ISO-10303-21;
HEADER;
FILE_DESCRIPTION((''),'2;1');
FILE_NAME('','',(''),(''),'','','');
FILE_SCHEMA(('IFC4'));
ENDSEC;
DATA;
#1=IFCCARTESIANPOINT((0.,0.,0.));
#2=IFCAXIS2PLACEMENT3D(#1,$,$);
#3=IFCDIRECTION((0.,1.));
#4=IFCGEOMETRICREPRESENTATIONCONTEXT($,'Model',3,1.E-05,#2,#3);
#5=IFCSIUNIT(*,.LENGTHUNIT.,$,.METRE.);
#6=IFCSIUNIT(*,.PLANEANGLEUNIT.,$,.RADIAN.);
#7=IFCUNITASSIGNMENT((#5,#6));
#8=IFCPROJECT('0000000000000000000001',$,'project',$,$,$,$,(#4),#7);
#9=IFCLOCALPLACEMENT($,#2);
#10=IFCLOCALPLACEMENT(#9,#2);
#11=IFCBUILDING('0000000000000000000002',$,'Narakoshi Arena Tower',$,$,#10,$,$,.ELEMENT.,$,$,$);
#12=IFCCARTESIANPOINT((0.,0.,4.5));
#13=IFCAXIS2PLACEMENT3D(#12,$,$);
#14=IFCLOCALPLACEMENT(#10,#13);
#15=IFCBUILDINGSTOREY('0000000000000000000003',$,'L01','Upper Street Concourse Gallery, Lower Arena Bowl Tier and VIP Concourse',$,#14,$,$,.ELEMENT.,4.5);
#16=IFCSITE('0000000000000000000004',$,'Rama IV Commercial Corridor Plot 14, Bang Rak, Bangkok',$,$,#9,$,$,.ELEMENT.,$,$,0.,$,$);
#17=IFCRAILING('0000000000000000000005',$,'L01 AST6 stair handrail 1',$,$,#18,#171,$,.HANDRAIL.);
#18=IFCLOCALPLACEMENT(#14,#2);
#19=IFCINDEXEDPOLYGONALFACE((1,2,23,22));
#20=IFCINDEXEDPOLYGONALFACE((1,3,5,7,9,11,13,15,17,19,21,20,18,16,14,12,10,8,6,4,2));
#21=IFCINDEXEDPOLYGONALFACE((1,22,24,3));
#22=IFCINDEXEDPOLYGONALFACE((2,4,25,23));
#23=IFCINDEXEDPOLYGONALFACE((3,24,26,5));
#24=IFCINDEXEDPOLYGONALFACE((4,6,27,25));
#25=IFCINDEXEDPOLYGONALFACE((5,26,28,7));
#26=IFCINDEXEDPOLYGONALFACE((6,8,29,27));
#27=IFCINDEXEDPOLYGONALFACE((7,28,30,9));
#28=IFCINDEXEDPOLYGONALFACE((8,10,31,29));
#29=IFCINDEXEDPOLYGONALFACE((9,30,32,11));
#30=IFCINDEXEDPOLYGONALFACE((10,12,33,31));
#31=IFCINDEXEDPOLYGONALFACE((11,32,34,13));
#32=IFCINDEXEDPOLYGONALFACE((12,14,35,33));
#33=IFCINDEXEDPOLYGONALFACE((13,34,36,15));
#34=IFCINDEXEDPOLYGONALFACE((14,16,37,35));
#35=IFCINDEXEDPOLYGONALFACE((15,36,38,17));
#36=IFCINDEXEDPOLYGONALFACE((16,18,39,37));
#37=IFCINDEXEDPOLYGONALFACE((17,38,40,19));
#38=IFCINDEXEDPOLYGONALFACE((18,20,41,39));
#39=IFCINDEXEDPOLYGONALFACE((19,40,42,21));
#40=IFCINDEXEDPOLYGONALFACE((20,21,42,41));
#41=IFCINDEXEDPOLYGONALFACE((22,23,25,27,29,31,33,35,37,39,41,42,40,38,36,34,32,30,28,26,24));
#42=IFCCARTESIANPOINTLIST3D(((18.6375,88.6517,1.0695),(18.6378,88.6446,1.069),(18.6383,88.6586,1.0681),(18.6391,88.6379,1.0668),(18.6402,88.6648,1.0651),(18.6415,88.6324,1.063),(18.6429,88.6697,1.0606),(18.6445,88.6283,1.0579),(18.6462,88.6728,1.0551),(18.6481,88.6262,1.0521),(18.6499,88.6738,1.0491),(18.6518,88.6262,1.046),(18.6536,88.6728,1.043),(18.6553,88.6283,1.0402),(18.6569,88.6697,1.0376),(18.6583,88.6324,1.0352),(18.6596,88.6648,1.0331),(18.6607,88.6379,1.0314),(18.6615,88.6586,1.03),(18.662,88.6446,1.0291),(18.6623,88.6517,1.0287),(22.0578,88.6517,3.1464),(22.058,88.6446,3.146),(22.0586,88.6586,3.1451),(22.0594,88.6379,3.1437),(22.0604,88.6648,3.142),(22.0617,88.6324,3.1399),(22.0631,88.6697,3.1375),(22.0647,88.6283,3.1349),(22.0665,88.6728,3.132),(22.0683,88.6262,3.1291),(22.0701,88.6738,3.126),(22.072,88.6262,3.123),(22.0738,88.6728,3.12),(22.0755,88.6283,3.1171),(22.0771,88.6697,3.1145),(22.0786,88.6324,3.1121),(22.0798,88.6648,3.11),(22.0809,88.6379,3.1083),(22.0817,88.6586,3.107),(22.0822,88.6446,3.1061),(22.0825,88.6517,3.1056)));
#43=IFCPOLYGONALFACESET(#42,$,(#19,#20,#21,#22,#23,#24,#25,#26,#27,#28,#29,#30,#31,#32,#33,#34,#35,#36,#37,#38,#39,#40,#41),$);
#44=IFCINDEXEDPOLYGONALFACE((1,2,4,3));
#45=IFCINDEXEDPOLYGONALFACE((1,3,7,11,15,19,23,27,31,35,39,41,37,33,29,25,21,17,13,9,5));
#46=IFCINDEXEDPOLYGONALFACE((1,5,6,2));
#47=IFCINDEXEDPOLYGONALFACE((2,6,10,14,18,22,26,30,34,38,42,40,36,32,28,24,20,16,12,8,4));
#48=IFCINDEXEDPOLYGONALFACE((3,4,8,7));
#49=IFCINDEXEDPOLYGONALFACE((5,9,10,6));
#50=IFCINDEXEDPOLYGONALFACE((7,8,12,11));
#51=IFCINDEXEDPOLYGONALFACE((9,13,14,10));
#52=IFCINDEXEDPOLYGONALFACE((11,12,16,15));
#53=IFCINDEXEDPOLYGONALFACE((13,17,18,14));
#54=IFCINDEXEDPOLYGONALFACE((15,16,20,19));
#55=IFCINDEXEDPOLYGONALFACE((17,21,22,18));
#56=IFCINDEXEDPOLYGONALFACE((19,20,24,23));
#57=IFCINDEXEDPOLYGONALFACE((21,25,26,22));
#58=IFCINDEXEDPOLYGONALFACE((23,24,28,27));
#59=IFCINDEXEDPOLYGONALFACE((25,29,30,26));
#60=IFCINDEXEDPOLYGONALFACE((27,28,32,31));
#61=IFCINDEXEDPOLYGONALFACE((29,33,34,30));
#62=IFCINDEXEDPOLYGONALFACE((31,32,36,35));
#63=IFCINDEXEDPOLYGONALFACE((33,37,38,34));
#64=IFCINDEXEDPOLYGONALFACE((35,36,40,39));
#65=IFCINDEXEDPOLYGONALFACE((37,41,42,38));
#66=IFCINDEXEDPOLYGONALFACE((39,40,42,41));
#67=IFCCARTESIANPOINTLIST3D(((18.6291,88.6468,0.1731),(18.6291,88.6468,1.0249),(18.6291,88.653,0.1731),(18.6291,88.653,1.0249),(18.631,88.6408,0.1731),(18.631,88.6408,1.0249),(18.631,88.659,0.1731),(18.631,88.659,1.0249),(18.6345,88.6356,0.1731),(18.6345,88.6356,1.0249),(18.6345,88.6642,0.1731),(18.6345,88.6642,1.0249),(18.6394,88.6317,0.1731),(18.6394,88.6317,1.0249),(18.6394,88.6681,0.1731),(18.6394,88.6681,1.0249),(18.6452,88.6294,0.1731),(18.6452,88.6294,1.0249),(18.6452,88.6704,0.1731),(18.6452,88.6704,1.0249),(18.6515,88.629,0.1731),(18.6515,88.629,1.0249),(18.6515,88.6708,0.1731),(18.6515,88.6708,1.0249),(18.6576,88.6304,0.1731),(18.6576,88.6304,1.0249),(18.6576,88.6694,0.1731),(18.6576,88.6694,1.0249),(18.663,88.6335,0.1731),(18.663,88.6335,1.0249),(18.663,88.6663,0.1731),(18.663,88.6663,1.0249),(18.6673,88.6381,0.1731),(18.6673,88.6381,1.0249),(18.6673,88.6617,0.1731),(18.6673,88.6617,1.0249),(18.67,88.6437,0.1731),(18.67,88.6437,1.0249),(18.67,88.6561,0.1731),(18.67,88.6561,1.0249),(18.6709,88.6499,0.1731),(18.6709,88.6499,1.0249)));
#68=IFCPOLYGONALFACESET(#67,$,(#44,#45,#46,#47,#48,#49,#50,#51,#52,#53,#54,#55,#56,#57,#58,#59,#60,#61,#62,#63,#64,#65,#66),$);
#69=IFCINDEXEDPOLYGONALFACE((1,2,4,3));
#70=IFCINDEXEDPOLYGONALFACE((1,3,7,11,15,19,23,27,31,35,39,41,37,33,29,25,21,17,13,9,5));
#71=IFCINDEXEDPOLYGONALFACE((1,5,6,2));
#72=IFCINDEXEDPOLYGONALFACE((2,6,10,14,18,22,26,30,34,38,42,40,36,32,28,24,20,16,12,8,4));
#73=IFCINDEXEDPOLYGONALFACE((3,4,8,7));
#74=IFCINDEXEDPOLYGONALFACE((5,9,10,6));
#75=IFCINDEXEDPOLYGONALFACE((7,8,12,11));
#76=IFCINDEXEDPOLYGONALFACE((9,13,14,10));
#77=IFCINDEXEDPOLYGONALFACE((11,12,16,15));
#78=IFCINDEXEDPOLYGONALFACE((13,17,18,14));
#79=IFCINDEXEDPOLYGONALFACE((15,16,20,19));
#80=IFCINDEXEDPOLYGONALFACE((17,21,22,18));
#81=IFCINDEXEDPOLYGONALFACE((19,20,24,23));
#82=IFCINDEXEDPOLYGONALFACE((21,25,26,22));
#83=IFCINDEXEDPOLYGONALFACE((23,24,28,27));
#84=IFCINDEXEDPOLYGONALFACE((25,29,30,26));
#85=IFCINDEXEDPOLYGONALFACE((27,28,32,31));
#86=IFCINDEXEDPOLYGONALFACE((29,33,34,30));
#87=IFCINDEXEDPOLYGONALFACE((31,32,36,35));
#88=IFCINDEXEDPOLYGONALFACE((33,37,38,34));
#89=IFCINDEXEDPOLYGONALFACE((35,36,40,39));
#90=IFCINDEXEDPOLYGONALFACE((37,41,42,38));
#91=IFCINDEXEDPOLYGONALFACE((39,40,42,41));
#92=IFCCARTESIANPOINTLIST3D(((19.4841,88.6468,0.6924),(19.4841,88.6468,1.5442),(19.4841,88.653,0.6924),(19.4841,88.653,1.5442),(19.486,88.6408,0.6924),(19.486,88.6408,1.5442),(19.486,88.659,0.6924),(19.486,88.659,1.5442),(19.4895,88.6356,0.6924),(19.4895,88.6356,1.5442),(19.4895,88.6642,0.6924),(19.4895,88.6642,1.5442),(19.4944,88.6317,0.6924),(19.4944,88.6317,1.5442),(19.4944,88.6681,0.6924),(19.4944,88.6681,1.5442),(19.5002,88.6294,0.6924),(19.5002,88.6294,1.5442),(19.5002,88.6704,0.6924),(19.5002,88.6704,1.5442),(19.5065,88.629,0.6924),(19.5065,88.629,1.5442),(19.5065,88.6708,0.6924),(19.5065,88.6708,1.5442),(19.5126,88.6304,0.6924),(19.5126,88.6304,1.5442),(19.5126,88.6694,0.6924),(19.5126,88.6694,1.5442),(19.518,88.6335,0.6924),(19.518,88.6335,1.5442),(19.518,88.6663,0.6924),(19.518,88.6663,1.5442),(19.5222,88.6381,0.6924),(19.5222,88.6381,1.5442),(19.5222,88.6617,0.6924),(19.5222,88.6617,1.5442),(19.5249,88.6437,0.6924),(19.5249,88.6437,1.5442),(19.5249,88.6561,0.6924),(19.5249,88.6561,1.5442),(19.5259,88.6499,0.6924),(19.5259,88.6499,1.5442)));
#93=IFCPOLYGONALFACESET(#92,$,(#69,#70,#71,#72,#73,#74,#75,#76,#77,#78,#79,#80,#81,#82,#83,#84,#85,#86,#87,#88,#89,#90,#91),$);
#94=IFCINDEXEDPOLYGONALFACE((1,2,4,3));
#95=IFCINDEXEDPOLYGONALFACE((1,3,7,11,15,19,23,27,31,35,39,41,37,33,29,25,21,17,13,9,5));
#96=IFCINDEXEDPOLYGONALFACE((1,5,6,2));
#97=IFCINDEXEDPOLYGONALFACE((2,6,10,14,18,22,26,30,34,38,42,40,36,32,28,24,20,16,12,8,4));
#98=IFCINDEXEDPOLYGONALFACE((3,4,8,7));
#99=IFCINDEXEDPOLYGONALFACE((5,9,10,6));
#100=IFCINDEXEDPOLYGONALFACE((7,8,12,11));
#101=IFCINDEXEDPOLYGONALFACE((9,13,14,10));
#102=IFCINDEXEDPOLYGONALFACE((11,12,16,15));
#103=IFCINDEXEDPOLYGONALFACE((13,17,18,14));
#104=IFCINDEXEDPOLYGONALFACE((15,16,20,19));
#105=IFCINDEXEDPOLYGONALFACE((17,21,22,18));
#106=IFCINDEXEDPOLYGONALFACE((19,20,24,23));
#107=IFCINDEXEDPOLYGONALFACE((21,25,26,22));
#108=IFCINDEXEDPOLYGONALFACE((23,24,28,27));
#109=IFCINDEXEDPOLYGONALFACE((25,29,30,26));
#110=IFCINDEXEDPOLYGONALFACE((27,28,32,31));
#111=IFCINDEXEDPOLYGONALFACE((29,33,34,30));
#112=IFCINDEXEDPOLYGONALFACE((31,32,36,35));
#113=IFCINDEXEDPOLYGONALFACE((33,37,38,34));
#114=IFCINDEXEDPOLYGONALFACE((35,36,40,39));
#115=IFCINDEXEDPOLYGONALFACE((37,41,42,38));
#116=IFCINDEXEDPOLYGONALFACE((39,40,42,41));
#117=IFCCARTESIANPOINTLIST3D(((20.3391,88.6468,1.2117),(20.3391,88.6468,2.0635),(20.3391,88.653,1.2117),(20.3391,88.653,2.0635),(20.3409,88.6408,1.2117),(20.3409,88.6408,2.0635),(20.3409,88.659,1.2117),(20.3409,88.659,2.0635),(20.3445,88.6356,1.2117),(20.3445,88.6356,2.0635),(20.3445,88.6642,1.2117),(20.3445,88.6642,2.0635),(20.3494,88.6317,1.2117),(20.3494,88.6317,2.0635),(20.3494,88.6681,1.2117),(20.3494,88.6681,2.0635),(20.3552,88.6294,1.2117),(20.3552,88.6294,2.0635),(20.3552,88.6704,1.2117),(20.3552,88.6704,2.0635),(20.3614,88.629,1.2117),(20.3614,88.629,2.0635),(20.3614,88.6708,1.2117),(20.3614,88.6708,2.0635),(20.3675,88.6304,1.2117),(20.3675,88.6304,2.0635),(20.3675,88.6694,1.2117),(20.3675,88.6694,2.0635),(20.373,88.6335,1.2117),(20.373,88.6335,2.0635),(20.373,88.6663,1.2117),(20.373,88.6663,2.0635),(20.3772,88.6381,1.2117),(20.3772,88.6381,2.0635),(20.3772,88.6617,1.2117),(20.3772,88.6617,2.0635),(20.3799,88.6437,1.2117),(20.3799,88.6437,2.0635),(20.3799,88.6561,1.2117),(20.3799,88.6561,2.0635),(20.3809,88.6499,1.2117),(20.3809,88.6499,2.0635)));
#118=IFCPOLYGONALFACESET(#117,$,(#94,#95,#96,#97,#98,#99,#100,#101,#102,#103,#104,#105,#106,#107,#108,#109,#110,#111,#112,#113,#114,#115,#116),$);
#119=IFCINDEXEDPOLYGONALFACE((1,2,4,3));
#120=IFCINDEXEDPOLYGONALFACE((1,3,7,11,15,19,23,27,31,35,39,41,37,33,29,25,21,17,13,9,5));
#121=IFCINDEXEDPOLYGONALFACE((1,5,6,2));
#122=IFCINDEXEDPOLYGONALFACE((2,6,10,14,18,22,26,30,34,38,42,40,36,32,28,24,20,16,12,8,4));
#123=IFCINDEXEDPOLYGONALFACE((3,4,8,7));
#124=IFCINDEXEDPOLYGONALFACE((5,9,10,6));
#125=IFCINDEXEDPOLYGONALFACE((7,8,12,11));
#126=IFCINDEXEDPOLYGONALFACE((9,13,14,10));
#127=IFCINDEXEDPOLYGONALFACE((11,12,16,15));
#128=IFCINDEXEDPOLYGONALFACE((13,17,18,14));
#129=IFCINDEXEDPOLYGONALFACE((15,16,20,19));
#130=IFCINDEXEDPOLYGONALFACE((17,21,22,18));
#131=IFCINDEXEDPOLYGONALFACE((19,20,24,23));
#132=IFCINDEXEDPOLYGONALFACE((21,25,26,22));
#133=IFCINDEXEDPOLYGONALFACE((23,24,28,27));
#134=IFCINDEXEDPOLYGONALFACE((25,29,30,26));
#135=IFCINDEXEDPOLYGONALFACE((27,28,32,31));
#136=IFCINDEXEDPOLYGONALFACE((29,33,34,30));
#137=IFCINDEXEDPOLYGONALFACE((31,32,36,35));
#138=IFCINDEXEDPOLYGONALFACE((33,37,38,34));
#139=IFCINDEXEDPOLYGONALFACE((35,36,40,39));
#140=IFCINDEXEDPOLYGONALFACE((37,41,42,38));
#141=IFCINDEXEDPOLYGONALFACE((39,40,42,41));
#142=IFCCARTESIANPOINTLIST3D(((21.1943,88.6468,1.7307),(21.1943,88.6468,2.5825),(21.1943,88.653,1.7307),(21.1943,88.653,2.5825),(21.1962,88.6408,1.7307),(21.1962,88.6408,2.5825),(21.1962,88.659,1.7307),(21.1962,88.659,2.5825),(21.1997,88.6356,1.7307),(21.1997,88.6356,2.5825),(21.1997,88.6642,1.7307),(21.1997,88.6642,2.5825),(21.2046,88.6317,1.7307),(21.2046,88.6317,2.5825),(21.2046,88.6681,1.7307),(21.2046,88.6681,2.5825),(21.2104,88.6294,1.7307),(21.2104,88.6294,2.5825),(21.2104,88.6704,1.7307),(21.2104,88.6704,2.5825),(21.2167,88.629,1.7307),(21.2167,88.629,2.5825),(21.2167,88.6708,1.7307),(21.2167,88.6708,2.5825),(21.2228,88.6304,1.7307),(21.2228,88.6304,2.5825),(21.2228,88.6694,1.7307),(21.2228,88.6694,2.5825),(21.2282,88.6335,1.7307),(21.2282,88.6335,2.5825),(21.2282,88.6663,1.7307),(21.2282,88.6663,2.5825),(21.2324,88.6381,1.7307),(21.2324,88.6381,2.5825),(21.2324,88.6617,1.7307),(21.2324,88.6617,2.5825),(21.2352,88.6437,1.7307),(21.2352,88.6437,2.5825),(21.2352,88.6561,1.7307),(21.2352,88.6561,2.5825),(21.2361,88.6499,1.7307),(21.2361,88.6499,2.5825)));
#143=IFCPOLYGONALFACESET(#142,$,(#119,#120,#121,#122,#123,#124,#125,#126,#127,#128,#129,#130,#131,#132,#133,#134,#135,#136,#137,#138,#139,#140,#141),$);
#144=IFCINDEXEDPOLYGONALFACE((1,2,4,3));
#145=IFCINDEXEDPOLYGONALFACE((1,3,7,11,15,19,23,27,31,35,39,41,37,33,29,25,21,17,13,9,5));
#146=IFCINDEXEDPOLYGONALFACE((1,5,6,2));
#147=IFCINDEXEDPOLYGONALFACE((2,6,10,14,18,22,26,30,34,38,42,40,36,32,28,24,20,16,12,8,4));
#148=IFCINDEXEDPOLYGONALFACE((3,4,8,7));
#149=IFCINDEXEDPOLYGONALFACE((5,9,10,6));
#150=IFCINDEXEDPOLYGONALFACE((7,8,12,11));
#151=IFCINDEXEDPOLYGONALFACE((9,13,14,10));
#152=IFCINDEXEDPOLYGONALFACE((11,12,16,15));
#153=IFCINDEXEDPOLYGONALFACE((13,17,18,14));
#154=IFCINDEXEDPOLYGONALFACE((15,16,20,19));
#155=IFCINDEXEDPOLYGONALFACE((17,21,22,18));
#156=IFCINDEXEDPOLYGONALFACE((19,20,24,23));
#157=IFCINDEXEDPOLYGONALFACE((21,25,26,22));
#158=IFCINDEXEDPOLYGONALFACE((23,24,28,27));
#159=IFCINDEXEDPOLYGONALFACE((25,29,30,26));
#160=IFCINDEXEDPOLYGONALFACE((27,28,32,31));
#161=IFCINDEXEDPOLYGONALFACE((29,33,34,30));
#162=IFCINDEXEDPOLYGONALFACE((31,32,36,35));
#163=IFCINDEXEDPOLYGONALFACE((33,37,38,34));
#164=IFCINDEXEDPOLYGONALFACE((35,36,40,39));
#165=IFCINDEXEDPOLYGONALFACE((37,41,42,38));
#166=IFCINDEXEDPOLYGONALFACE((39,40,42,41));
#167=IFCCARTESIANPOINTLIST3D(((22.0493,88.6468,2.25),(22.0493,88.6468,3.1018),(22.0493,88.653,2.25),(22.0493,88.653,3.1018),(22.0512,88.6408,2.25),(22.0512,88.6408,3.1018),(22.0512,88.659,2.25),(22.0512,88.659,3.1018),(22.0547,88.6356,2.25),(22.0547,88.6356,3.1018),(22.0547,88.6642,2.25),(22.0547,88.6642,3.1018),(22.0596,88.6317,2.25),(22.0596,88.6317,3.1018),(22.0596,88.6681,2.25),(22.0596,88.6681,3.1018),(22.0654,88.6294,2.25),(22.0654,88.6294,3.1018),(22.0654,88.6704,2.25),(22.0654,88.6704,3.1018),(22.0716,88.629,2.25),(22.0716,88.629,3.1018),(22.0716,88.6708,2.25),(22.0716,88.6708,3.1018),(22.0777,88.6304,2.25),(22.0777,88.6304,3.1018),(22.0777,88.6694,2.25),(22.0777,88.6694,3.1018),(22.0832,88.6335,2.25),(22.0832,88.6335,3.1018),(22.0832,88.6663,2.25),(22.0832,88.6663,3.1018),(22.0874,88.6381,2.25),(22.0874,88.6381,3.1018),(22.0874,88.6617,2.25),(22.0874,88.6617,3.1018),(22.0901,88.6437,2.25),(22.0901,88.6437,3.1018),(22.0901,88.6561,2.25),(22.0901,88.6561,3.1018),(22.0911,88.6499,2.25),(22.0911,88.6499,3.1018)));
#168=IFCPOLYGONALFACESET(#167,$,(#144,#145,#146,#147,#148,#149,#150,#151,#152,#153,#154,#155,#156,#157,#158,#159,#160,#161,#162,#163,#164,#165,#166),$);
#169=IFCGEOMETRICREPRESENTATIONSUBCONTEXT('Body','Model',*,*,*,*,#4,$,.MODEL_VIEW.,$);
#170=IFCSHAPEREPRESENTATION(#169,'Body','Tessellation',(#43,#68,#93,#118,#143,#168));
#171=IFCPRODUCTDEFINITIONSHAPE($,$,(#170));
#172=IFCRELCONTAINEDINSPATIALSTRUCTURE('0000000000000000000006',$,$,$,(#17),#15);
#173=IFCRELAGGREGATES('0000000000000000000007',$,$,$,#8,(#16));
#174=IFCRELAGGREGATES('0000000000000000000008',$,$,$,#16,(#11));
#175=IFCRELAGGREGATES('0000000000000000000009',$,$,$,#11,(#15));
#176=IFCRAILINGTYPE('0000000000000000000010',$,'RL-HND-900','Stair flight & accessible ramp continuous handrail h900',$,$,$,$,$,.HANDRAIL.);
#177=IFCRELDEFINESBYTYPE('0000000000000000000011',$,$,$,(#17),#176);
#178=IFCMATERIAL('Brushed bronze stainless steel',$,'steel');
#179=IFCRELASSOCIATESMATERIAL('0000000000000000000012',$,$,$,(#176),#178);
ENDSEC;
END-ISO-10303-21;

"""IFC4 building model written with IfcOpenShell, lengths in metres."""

from ifc_helpers import new_model, si_unit, direction, frame, origin, origin_2d, place, context, subcontext, project, spatial, circle, extrude, material, type_object, element, save


model = new_model("IFC4")

# Units and contexts
model_context = context("Model", 3, precision=1e-05, world=origin(), true_north=direction((0.0, 1.0)))
body_context = subcontext(model_context, "Body", "Model", "MODEL_VIEW")
ifc_project = project(units=[si_unit("LENGTHUNIT", "METRE"), si_unit("PLANEANGLEUNIT", "RADIAN")], contexts=[model_context])

# Site, building, storey
site_placement = place(None, origin())
site = spatial("IfcSite", under=ifc_project, at=site_placement, Name="Rama IV Commercial Corridor Plot 14, Bang Rak, Bangkok", CompositionType="ELEMENT", RefElevation=0.0)
building_placement = place(site_placement, origin())
building = spatial("IfcBuilding", under=site, at=building_placement, Name="Narakoshi Arena Tower", CompositionType="ELEMENT")
storey_placement = place(building_placement, frame((0.0, 0.0, 4.5)))
storey = spatial("IfcBuildingStorey", under=building, at=storey_placement, Name="L01", Description="Upper Street Concourse Gallery, Lower Arena Bowl Tier and VIP Concourse", CompositionType="ELEMENT", Elevation=4.5)

# Railing
ifc_material_1 = material(Name="Brushed bronze stainless steel", Category="steel")
railing_type_1 = type_object("IfcRailingType", Name="RL-HND-900", Description="Stair flight & accessible ramp continuous handrail h900", PredefinedType="HANDRAIL", material=ifc_material_1)
railing_1_placement = place(storey_placement, frame((18.6499, 88.6499, 0.1731)))
element("IfcRailing", 1, at=railing_1_placement, inside=storey, type_object=railing_type_1, Name="L01 AST6 stair handrail 1", PredefinedType="HANDRAIL", context=body_context, shape_type="SweptSolid", body=[
    extrude(circle(Radius=0.0239, at=origin_2d()), frame((0.0, 0.0, 0.876), z_axis=(0.854746, 0.0, 0.519047), x_axis=(0.0, 1.0, 0.0)), (0.0, 0.0, 1.0), 4.0015),
    extrude(circle(Radius=0.021, at=origin_2d()), origin(), (0.0, 0.0, 1.0), 0.8518),
    extrude(circle(Radius=0.021, at=origin_2d()), frame((0.855, 0.0, 0.5193)), (0.0, 0.0, 1.0), 0.8518),
    extrude(circle(Radius=0.021, at=origin_2d()), frame((1.71, 0.0, 1.0386)), (0.0, 0.0, 1.0), 0.8518),
    extrude(circle(Radius=0.021, at=origin_2d()), frame((2.5652, 0.0, 1.5576)), (0.0, 0.0, 1.0), 0.8518),
    extrude(circle(Radius=0.021, at=origin_2d()), frame((3.4202, 0.0, 2.0769)), (0.0, 0.0, 1.0), 0.8518),
])

save(model, "model.ifc")
